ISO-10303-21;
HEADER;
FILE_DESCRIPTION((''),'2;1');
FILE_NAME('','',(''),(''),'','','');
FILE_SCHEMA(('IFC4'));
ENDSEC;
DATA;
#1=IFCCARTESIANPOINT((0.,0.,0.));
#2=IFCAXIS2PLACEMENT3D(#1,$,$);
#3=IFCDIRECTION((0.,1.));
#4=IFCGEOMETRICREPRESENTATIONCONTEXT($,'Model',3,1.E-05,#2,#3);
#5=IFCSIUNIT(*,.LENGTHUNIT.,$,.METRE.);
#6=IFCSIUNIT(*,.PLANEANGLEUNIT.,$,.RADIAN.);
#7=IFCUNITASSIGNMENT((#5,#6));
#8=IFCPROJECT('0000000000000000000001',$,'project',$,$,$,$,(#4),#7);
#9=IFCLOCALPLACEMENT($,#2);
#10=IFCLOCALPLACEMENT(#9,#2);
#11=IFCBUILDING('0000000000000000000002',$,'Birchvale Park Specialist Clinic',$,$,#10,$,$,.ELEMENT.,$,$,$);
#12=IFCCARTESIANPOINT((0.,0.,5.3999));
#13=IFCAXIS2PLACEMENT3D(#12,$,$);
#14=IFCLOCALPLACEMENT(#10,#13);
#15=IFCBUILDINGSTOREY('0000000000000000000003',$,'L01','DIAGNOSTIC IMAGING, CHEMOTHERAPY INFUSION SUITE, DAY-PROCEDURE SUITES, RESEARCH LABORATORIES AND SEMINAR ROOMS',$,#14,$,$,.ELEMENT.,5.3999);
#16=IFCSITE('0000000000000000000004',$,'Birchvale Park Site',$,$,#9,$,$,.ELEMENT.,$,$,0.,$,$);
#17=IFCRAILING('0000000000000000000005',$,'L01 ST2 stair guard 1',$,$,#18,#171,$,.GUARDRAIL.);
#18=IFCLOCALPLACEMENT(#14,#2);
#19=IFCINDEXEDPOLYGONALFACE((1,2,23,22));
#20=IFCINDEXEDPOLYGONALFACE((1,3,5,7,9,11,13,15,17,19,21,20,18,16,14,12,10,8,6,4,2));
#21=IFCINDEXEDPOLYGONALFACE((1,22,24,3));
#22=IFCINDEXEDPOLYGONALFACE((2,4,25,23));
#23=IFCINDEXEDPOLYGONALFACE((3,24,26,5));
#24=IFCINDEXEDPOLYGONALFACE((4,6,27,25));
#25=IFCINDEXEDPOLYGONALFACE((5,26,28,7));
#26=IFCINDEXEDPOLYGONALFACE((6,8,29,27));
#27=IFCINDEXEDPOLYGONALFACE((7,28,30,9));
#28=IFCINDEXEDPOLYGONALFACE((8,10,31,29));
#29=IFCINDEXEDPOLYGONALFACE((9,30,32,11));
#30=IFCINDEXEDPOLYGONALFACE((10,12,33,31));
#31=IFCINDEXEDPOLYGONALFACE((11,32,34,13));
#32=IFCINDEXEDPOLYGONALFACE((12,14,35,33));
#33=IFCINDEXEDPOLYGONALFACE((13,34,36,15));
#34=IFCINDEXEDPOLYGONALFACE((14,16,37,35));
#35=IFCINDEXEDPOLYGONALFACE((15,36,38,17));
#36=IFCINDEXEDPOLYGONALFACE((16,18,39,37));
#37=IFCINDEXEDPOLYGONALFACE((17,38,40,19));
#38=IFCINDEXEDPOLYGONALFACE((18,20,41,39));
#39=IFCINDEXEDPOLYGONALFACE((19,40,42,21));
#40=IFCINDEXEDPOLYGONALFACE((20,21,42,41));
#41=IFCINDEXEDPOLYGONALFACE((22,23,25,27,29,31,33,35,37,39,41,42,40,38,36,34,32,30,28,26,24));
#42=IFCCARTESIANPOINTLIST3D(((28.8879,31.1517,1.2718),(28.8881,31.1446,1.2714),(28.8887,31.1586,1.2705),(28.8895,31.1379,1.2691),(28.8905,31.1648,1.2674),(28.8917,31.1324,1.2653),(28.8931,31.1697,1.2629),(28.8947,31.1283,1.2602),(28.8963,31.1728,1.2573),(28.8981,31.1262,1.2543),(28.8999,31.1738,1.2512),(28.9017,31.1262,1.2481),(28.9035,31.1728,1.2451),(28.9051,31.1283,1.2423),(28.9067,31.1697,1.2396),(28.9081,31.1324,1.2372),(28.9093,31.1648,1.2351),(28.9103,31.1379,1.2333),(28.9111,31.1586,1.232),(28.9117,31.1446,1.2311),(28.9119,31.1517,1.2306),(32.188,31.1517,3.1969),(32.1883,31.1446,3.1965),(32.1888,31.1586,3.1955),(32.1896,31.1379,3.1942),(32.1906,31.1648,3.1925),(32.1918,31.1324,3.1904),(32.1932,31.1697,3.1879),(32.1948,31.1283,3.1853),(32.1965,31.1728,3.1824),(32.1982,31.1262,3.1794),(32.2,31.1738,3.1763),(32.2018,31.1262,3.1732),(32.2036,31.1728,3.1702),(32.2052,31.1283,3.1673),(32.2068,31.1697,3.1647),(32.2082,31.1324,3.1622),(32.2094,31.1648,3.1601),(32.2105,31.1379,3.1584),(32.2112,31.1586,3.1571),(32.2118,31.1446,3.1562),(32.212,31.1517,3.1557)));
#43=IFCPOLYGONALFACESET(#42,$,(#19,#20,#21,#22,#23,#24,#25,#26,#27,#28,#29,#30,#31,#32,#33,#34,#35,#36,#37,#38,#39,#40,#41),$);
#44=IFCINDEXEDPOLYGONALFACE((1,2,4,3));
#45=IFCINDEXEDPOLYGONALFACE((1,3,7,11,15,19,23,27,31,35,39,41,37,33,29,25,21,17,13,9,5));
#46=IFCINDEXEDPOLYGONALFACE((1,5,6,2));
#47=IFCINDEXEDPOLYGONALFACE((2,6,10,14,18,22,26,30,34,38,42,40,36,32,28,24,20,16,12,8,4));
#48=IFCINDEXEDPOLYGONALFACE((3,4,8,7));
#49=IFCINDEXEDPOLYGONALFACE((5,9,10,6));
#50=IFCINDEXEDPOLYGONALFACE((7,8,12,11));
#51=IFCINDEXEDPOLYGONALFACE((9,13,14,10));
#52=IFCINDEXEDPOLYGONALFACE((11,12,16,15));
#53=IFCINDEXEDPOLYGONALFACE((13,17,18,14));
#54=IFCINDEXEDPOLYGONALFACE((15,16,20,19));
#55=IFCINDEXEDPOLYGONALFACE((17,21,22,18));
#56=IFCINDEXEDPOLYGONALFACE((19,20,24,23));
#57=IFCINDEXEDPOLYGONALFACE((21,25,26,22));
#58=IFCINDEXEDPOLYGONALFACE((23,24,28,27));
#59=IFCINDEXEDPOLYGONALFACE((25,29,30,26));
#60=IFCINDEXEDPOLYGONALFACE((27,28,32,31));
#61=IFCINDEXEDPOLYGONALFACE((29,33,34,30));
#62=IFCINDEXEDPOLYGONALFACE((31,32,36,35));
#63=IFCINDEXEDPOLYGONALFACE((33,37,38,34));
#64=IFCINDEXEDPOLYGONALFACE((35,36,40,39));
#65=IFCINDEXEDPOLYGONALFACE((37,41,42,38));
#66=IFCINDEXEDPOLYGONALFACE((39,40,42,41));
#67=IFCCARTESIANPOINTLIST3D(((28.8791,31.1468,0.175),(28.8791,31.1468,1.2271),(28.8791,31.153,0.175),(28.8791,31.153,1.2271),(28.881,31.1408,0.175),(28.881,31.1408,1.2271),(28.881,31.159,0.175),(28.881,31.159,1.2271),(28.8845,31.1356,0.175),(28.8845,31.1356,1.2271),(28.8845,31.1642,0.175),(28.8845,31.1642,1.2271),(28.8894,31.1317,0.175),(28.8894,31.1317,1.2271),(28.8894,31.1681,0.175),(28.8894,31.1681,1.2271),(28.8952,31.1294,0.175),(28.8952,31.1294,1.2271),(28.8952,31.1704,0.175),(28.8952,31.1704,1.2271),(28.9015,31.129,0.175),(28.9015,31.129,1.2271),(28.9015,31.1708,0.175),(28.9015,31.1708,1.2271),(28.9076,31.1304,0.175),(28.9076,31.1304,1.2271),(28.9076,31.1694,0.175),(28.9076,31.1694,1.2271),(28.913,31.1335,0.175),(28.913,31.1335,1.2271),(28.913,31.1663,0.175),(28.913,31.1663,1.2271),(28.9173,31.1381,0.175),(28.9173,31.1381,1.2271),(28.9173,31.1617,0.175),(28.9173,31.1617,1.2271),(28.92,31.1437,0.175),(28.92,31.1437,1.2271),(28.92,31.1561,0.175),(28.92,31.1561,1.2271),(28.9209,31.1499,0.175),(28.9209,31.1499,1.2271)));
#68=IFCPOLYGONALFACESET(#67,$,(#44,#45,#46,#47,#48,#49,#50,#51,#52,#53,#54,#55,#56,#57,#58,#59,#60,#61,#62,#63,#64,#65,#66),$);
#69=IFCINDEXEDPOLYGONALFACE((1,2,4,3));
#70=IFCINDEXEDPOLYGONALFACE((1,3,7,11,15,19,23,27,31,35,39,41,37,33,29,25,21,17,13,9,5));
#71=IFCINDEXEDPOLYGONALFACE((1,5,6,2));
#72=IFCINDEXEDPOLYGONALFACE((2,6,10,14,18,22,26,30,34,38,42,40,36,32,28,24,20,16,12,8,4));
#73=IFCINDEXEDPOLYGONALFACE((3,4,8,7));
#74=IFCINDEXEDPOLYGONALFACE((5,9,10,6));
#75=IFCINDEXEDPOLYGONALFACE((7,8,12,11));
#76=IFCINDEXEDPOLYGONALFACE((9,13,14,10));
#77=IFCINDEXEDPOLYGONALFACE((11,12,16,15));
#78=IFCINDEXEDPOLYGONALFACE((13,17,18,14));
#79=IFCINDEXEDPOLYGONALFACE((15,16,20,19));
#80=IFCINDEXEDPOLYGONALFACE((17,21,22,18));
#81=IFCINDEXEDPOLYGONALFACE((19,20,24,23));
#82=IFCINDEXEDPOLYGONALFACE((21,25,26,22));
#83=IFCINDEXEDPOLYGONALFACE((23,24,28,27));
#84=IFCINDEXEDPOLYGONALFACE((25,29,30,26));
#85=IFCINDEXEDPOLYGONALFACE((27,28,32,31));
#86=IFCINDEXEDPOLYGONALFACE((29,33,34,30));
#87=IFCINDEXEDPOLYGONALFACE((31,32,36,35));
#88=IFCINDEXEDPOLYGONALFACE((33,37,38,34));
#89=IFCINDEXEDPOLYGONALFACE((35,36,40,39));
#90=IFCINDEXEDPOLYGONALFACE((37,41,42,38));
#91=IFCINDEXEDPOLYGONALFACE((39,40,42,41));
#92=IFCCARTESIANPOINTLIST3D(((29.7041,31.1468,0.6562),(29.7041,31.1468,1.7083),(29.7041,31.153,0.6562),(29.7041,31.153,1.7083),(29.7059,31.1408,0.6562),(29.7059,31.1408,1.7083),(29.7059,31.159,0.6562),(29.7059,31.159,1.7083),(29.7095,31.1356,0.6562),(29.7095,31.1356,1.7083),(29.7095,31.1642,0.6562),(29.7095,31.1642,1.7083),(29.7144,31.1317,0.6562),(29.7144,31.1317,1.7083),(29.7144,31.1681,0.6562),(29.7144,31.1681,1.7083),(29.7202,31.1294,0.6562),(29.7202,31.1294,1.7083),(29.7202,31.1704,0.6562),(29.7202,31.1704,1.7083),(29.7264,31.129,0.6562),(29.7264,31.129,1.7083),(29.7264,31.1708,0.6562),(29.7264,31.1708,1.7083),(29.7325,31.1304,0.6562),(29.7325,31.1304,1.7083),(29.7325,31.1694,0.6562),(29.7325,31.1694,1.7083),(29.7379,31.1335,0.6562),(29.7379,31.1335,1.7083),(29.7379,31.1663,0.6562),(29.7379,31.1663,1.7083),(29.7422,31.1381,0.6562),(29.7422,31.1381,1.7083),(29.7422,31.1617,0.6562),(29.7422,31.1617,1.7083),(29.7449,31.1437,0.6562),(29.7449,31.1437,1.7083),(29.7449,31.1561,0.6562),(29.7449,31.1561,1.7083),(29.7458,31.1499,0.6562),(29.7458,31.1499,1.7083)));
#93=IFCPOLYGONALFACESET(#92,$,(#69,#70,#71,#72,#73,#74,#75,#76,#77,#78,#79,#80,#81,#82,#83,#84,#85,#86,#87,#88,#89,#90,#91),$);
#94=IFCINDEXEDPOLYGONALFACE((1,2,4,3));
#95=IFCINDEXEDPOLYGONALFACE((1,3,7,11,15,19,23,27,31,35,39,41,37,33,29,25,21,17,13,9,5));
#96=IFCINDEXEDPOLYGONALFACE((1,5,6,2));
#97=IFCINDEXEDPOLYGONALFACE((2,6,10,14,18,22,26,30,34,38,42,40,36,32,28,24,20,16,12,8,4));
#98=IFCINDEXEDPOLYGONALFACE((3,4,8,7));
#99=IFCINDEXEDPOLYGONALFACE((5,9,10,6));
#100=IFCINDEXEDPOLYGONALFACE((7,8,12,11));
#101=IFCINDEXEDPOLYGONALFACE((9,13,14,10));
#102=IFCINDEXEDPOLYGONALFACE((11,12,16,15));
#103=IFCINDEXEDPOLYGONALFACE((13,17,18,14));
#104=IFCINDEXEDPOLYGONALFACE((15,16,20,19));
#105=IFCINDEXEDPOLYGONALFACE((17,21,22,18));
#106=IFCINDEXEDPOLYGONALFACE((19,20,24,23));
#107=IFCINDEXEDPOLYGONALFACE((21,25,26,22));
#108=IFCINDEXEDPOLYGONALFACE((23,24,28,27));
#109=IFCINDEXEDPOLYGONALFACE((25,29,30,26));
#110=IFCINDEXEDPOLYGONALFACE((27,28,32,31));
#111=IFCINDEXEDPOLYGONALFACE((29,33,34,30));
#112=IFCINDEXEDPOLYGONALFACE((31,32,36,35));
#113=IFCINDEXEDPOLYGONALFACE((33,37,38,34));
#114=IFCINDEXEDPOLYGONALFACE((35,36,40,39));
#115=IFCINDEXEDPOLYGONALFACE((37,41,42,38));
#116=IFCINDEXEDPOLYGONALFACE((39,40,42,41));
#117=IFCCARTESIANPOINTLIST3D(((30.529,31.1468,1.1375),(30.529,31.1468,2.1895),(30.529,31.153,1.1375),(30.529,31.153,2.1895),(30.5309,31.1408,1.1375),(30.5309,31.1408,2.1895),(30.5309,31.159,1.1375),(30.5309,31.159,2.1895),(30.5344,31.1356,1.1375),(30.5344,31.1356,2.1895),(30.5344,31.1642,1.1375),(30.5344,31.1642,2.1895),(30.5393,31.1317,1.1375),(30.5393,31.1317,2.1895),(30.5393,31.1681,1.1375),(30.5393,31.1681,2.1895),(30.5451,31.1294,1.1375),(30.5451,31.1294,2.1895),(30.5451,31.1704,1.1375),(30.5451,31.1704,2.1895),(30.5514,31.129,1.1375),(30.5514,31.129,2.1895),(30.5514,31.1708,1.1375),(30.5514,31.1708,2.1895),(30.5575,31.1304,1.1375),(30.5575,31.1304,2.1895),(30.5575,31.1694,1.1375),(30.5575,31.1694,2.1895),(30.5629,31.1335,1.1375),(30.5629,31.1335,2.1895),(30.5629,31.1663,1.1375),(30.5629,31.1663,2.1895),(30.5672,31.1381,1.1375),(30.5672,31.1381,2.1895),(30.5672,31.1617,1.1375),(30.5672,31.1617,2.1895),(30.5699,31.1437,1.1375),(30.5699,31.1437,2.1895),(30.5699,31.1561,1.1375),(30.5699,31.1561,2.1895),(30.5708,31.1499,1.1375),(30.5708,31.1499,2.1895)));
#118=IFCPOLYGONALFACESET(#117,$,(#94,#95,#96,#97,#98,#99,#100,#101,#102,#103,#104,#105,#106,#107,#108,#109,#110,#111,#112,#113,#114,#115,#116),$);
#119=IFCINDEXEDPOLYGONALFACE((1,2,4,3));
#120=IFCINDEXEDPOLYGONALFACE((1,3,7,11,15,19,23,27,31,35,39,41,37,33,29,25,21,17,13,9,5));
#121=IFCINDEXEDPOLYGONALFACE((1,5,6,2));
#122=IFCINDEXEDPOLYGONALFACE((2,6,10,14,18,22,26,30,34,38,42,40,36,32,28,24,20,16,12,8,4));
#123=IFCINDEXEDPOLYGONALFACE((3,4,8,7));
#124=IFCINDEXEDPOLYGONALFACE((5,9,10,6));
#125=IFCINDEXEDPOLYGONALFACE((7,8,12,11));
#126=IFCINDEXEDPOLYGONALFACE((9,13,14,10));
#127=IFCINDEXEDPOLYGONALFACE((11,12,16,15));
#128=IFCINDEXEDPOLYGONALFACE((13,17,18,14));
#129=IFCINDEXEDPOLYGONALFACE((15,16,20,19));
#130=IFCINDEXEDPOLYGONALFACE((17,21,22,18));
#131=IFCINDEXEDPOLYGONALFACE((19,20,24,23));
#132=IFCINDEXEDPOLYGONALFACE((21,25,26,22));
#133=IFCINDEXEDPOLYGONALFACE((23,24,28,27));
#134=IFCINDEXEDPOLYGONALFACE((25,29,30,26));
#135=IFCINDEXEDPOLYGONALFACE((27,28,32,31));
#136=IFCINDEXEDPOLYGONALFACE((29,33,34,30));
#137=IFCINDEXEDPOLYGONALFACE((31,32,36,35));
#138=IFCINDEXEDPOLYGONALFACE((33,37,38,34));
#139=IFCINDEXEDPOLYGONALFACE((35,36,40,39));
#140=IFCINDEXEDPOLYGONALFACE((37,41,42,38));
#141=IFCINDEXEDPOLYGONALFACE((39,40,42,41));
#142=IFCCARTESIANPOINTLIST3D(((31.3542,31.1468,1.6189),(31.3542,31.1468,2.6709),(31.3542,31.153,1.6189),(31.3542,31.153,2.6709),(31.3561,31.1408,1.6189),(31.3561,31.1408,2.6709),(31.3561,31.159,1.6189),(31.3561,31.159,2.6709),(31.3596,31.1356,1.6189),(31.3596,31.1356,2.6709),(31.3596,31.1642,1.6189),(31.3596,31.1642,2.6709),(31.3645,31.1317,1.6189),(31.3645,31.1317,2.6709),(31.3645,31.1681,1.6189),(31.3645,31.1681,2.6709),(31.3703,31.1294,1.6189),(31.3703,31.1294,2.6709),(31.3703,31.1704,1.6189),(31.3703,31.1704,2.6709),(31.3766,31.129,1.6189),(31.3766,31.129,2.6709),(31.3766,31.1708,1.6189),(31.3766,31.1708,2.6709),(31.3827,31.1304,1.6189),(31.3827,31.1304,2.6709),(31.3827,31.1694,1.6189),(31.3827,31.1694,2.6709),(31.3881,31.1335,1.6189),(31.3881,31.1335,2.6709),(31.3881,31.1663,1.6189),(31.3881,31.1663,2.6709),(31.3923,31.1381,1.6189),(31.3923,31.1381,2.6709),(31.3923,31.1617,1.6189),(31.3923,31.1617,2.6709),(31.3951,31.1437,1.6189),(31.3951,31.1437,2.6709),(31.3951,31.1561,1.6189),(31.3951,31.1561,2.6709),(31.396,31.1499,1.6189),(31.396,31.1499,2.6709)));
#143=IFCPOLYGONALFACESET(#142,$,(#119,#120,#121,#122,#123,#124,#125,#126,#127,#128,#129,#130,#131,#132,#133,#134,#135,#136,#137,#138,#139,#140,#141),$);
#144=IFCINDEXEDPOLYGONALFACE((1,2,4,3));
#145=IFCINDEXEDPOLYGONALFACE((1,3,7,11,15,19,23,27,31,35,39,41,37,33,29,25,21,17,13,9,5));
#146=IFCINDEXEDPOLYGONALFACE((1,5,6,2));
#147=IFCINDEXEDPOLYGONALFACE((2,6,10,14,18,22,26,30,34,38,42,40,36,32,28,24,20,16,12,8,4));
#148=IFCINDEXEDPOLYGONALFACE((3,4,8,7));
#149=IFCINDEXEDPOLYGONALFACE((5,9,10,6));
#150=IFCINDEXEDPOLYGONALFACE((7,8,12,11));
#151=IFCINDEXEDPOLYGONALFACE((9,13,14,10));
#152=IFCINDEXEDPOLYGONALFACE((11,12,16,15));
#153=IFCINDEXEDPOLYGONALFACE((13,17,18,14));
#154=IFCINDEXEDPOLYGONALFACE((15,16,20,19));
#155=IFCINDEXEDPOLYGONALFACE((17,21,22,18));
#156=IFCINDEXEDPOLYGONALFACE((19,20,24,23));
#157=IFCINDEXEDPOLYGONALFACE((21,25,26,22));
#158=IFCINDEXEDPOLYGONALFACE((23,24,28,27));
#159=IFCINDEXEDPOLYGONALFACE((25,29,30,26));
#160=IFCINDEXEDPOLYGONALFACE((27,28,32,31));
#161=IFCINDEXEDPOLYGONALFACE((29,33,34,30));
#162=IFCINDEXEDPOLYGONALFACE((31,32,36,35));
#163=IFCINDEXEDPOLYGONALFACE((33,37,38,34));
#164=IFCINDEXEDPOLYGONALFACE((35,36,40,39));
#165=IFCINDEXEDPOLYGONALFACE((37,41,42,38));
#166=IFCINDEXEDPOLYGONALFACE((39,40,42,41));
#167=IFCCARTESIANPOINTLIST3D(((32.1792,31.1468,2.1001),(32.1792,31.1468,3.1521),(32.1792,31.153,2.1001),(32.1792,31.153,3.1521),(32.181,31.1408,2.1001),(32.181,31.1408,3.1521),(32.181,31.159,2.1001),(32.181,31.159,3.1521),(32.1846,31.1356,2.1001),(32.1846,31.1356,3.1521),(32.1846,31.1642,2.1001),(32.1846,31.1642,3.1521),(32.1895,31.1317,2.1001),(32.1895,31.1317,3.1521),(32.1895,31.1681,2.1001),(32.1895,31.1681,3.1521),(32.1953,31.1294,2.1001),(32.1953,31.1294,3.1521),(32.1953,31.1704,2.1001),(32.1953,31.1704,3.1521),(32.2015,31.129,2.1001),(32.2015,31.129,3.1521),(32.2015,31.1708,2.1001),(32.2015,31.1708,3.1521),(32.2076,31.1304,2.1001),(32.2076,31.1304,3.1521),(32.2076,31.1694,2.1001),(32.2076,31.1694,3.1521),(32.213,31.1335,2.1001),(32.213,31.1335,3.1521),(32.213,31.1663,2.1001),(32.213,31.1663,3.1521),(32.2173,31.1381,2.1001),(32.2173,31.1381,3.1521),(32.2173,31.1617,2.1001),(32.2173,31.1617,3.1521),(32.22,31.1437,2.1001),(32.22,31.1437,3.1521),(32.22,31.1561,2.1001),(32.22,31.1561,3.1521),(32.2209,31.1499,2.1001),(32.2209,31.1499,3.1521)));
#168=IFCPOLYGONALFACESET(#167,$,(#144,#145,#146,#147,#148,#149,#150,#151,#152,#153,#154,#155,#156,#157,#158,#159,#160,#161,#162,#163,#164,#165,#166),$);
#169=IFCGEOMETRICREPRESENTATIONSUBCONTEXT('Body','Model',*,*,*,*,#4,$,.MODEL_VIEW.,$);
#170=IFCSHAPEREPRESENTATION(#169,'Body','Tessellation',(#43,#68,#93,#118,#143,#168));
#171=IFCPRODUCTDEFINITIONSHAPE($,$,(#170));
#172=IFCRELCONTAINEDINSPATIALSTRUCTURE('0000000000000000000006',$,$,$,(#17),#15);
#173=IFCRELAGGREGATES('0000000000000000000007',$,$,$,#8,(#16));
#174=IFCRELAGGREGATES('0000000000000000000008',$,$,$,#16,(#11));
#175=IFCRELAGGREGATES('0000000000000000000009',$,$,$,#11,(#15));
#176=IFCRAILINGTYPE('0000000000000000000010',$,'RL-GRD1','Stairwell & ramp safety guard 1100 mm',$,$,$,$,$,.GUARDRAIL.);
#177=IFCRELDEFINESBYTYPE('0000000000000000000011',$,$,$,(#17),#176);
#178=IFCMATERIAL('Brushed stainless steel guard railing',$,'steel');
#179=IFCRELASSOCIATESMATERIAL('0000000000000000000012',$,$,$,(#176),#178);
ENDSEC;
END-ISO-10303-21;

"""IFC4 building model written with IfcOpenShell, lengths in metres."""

from ifc_helpers import new_model, si_unit, direction, frame, origin, origin_2d, place, context, subcontext, project, spatial, circle, extrude, material, type_object, element, save


model = new_model("IFC4")

# Units and contexts
model_context = context("Model", 3, precision=1e-05, world=origin(), true_north=direction((0.0, 1.0)))
body_context = subcontext(model_context, "Body", "Model", "MODEL_VIEW")
ifc_project = project(units=[si_unit("LENGTHUNIT", "METRE"), si_unit("PLANEANGLEUNIT", "RADIAN")], contexts=[model_context])

# Site, building, storey
site_placement = place(None, origin())
site = spatial("IfcSite", under=ifc_project, at=site_placement, Name="Birchvale Park Site", CompositionType="ELEMENT", RefElevation=0.0)
building_placement = place(site_placement, origin())
building = spatial("IfcBuilding", under=site, at=building_placement, Name="Birchvale Park Specialist Clinic", CompositionType="ELEMENT")
storey_placement = place(building_placement, frame((0.0, 0.0, 5.3999)))
storey = spatial("IfcBuildingStorey", under=building, at=storey_placement, Name="L01", Description="DIAGNOSTIC IMAGING, CHEMOTHERAPY INFUSION SUITE, DAY-PROCEDURE SUITES, RESEARCH LABORATORIES AND SEMINAR ROOMS", CompositionType="ELEMENT", Elevation=5.3999)

# Railing
ifc_material_1 = material(Name="Brushed stainless steel guard railing", Category="steel")
railing_type_1 = type_object("IfcRailingType", Name="RL-GRD1", Description="Stairwell & ramp safety guard 1100 mm", PredefinedType="GUARDRAIL", material=ifc_material_1)
railing_1_placement = place(storey_placement, frame((28.8999, 31.1499, 0.175)))
element("IfcRailing", 1, at=railing_1_placement, inside=storey, type_object=railing_type_1, Name="L01 ST2 stair guard 1", PredefinedType="GUARDRAIL", context=body_context, shape_type="SweptSolid", body=[
    extrude(circle(Radius=0.0239, at=origin_2d()), frame((0.0, 0.0, 1.0762), z_axis=(0.863777, 0.0, 0.503875), x_axis=(0.0, 1.0, 0.0)), (0.0, 0.0, 1.0), 3.8206),
    extrude(circle(Radius=0.021, at=origin_2d()), origin(), (0.0, 0.0, 1.0), 1.052),
    extrude(circle(Radius=0.021, at=origin_2d()), frame((0.825, 0.0, 0.4812)), (0.0, 0.0, 1.0), 1.052),
    extrude(circle(Radius=0.021, at=origin_2d()), frame((1.6499, 0.0, 0.9624)), (0.0, 0.0, 1.0), 1.052),
    extrude(circle(Radius=0.021, at=origin_2d()), frame((2.4751, 0.0, 1.4438)), (0.0, 0.0, 1.0), 1.052),
    extrude(circle(Radius=0.021, at=origin_2d()), frame((3.3, 0.0, 1.925)), (0.0, 0.0, 1.0), 1.052),
])

save(model, "model.ifc")
